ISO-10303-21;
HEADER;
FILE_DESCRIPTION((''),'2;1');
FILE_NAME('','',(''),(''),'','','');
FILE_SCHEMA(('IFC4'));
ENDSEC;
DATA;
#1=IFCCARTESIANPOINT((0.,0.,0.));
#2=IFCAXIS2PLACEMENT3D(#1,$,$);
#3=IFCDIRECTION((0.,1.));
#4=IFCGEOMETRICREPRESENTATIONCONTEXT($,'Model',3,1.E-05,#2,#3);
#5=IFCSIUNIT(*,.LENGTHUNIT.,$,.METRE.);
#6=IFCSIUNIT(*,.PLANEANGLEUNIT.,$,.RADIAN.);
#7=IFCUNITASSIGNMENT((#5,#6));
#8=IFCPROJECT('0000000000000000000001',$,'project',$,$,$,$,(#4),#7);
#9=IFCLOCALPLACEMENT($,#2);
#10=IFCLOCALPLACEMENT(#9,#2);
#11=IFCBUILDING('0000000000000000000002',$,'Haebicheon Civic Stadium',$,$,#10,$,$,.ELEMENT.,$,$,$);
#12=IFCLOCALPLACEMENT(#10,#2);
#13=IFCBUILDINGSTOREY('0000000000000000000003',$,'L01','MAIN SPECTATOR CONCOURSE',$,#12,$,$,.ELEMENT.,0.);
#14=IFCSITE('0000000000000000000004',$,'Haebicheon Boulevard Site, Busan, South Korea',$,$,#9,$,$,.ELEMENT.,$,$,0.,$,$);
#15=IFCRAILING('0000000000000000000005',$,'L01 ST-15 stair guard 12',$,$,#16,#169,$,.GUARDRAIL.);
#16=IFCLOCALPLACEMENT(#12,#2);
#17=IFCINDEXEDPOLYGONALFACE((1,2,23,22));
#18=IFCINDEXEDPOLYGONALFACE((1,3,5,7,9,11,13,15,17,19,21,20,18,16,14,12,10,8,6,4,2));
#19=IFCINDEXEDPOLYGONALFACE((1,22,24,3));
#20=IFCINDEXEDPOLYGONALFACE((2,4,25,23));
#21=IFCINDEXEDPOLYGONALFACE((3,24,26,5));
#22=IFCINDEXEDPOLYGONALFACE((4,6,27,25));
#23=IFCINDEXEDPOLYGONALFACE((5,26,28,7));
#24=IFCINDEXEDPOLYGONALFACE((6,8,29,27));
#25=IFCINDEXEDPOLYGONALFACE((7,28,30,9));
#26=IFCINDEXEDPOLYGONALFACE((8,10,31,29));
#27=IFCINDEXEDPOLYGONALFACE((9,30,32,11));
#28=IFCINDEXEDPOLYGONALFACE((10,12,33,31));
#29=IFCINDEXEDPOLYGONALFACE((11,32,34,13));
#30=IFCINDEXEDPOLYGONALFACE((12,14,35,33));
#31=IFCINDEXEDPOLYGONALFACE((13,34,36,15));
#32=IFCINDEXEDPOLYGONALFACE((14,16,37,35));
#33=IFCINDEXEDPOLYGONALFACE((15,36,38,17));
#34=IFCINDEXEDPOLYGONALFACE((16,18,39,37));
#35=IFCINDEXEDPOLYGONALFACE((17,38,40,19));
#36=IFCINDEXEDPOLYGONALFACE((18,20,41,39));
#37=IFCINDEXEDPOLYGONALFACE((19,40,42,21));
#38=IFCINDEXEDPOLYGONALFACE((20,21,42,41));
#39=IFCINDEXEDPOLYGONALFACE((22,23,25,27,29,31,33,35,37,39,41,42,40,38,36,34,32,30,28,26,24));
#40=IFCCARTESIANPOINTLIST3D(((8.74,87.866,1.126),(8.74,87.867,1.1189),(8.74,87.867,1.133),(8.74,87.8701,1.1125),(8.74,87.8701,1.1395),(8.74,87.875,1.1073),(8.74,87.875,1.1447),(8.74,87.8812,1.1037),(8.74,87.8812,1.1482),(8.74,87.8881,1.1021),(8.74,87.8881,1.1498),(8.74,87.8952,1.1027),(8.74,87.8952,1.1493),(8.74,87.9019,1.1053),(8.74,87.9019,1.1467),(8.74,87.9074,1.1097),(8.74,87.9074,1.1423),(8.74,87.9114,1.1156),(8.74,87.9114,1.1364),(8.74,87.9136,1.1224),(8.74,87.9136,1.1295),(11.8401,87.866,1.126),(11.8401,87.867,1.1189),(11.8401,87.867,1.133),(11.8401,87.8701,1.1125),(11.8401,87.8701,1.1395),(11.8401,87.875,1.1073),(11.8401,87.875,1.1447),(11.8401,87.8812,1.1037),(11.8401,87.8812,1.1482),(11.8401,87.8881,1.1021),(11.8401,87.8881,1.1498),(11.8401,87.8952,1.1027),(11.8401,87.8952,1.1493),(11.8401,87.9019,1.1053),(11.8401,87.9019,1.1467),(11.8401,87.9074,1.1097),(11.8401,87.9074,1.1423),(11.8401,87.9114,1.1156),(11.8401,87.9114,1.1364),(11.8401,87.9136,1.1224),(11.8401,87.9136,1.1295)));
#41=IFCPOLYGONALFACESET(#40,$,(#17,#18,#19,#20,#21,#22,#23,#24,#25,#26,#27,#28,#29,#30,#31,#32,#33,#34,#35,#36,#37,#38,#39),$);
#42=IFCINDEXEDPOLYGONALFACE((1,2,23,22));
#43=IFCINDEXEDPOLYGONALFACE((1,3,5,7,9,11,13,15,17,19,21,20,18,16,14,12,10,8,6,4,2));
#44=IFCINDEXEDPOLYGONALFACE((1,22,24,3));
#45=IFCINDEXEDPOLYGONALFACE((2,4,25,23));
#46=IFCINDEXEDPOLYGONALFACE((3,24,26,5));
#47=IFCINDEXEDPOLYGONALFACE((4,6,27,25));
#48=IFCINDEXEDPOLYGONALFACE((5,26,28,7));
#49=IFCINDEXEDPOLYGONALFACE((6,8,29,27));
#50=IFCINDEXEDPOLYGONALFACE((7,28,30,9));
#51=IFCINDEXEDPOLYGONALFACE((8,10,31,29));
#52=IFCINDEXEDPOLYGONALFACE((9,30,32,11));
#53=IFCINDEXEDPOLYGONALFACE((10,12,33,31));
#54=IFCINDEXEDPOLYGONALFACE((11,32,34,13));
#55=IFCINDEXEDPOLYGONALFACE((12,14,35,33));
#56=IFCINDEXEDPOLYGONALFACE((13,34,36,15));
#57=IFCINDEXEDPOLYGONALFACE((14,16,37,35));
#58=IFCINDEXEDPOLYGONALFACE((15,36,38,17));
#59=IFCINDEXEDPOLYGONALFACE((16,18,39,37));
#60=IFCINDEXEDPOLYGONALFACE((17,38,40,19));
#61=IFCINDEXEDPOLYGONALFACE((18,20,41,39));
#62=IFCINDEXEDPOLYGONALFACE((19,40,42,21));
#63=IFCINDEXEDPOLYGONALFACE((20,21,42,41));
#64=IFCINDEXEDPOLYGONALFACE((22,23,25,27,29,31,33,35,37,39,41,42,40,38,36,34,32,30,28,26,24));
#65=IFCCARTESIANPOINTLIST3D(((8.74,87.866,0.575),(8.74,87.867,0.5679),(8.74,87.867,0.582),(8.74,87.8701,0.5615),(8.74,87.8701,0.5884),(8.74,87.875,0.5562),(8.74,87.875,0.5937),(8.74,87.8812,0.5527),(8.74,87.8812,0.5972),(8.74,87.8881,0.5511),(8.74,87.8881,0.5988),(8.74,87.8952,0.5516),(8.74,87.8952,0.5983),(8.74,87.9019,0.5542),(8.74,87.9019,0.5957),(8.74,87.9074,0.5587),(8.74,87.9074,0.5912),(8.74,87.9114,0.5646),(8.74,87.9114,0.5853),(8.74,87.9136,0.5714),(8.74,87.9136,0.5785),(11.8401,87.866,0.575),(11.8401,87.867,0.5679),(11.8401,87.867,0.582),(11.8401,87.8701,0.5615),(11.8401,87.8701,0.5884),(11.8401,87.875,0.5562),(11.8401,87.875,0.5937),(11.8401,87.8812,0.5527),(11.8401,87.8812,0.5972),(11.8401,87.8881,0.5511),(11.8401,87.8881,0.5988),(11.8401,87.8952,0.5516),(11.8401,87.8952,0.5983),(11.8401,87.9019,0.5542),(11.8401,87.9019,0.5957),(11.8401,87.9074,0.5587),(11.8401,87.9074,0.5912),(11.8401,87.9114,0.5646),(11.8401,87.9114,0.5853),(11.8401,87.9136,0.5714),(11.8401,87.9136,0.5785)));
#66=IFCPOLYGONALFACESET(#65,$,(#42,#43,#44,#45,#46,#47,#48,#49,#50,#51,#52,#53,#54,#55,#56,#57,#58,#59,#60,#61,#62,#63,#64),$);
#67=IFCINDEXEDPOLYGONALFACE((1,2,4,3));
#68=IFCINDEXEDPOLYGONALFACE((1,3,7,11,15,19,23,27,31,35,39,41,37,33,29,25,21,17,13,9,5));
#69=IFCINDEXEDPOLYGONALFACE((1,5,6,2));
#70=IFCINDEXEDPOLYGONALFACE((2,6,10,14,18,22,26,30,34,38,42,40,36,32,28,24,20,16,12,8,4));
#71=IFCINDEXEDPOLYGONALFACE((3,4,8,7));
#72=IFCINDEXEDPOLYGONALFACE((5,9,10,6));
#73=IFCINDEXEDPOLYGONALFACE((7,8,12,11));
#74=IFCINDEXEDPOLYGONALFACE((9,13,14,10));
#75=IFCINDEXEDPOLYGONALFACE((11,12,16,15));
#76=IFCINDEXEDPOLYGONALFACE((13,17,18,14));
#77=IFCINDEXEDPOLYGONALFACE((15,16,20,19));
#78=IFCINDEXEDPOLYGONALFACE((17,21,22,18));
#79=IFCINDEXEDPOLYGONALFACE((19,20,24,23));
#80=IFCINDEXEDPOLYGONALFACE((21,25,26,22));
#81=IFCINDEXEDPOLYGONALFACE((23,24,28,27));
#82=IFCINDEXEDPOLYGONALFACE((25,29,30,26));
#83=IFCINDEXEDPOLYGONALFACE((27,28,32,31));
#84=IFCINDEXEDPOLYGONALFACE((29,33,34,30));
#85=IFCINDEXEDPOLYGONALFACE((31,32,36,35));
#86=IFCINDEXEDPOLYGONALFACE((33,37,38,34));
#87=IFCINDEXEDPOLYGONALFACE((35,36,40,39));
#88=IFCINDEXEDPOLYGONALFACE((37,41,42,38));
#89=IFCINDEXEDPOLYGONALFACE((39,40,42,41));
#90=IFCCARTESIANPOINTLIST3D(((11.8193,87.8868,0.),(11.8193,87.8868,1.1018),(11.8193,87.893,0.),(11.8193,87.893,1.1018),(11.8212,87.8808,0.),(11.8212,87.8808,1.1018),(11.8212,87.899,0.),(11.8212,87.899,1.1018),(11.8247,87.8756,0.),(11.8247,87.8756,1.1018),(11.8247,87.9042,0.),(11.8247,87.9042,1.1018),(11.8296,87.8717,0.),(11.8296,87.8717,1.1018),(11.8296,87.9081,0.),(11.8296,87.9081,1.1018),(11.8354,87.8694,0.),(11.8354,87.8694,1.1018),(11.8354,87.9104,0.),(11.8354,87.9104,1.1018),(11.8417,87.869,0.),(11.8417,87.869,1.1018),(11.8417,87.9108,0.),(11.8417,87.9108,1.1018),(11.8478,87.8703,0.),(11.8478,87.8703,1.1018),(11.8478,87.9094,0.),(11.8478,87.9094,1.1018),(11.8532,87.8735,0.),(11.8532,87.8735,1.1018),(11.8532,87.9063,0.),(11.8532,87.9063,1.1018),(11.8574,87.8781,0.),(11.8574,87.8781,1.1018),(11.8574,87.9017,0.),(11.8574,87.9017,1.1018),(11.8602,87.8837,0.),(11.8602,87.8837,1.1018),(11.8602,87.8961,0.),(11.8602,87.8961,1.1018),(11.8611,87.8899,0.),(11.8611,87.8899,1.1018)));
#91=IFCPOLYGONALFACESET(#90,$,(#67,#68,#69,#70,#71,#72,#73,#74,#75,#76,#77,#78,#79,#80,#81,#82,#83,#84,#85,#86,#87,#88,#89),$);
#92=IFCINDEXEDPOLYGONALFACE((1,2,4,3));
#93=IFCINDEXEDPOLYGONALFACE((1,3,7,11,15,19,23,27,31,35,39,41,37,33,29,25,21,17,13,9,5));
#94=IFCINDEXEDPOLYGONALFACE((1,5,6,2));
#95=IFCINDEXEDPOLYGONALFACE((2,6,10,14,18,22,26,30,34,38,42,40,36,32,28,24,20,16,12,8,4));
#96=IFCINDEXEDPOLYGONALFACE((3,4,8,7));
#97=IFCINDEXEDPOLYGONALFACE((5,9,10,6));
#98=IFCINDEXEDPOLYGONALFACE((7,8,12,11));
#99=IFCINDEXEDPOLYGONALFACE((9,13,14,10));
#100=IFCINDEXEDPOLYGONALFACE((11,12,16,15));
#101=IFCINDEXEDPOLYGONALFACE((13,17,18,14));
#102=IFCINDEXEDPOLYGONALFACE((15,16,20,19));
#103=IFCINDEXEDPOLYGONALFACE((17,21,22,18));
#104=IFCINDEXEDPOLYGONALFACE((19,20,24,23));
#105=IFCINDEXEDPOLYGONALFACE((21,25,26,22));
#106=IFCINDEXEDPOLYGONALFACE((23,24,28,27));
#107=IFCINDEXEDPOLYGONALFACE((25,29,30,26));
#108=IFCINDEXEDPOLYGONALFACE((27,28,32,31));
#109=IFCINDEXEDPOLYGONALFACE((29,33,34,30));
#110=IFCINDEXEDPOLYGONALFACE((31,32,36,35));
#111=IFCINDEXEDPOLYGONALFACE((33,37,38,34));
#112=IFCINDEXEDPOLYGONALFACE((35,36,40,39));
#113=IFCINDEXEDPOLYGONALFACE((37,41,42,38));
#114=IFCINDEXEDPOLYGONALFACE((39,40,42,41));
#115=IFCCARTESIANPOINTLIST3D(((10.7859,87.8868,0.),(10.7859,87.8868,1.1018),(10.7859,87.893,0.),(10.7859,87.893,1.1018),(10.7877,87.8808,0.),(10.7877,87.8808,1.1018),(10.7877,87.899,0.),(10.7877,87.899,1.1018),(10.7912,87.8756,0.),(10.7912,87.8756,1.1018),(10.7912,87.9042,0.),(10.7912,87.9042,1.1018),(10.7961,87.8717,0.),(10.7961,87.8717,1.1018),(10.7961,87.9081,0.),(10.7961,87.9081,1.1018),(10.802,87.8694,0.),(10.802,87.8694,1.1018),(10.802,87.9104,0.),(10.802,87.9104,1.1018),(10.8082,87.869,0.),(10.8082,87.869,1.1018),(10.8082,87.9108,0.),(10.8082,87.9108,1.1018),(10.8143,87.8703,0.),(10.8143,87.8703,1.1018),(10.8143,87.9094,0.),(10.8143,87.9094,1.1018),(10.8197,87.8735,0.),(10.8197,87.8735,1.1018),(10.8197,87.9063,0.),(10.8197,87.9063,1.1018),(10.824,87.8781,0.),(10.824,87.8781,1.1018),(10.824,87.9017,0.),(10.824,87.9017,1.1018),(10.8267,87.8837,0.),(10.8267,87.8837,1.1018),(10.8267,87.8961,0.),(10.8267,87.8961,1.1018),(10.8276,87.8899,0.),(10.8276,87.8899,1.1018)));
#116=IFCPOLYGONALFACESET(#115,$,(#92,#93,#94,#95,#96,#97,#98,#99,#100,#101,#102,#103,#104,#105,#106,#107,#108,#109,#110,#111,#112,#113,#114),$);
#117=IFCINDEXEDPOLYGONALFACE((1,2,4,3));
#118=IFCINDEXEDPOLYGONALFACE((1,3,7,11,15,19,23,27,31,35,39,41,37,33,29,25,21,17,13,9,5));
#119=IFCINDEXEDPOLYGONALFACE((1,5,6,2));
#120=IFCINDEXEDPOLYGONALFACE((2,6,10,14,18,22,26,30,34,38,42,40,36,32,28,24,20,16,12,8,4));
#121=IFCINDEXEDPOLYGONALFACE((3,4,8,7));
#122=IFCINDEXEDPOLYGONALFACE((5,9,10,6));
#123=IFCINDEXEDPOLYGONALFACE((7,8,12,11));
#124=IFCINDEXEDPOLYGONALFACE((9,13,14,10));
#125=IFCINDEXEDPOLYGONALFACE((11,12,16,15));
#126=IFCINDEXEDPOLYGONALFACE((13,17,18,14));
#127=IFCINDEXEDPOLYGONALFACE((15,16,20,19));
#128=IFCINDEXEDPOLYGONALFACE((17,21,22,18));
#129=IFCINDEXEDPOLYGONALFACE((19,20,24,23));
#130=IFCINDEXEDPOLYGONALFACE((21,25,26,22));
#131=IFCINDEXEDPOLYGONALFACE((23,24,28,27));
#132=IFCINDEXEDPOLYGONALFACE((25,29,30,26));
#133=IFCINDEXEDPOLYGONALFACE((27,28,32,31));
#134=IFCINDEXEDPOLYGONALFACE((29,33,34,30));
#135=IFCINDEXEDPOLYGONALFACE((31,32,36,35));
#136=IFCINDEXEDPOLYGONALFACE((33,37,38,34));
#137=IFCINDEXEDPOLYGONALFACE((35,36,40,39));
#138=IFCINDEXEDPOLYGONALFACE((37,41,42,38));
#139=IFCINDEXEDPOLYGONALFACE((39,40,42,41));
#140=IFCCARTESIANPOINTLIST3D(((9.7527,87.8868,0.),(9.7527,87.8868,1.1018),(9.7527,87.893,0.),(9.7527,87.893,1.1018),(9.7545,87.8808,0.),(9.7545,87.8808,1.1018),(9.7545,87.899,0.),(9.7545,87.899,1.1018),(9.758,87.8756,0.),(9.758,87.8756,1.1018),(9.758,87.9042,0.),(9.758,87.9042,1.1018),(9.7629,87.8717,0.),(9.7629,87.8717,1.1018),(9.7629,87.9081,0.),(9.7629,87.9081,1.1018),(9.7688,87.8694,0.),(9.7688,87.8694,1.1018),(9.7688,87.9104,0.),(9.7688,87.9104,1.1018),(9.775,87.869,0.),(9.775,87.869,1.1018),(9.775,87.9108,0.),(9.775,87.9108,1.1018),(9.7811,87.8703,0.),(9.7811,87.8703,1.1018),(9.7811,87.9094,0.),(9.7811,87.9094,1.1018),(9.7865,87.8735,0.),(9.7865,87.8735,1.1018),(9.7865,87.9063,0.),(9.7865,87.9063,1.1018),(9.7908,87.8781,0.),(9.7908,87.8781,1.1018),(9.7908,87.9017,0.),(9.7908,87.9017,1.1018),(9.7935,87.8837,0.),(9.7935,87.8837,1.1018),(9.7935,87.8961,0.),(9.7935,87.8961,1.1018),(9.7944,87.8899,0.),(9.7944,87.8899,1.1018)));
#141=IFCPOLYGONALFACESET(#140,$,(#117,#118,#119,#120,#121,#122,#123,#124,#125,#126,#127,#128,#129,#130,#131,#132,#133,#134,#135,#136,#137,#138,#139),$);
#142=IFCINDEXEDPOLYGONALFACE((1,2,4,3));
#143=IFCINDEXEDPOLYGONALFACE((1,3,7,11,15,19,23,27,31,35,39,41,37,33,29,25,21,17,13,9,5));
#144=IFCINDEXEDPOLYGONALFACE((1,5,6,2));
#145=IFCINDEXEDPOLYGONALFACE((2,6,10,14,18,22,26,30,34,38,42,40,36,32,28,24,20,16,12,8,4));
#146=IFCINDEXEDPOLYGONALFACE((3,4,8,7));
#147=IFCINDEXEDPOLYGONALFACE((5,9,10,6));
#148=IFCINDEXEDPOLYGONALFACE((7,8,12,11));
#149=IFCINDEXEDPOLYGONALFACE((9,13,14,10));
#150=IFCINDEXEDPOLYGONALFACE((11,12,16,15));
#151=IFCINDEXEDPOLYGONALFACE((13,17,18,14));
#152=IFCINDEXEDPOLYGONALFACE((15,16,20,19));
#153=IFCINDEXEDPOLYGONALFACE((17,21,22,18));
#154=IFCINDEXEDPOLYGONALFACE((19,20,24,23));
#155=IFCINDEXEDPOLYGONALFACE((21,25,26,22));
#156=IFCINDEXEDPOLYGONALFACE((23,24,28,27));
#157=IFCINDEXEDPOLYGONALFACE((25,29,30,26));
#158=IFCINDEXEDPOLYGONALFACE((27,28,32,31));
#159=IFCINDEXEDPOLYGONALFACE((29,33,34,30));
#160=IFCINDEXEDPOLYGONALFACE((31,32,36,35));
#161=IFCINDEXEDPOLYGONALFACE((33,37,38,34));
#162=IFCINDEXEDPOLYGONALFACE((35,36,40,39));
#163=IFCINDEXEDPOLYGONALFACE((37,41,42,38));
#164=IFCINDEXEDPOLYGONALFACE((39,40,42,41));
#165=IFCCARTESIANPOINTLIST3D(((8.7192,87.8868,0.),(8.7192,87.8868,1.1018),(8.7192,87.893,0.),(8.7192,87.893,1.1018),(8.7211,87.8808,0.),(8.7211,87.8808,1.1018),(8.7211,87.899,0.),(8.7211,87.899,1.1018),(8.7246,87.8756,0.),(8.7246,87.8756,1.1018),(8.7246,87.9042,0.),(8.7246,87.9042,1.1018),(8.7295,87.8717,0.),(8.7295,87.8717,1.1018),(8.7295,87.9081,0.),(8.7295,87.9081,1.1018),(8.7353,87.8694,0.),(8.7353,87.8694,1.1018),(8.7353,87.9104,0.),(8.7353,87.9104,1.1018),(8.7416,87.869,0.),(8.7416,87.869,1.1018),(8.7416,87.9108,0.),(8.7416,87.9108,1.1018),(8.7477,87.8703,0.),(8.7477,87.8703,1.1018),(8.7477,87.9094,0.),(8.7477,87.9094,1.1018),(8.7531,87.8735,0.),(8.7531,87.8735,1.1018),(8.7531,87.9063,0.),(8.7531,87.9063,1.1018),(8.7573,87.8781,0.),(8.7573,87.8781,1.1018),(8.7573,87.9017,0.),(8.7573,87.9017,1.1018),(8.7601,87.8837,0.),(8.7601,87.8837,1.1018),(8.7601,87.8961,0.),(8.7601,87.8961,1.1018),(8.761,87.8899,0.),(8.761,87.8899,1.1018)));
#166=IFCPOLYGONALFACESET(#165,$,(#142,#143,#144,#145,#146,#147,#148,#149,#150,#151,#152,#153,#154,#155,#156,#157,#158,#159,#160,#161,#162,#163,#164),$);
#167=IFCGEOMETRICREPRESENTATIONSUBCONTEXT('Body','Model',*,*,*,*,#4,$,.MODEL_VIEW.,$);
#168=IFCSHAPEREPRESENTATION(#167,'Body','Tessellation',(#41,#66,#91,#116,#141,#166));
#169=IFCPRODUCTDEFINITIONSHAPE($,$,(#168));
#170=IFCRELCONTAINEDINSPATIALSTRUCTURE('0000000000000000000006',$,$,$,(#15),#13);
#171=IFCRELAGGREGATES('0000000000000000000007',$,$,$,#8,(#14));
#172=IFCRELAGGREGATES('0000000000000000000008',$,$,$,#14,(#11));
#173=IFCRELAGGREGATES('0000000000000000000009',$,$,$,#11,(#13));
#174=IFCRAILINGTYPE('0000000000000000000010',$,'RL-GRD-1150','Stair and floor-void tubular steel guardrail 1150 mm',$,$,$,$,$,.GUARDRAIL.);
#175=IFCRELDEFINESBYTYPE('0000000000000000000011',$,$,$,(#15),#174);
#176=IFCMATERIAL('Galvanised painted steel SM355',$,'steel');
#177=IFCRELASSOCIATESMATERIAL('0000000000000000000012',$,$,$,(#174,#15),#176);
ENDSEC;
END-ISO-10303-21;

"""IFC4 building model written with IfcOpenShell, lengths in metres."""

from ifc_helpers import new_model, si_unit, direction, frame, origin, origin_2d, place, context, subcontext, project, spatial, circle, extrude, material, type_object, element, save


model = new_model("IFC4")

# Units and contexts
model_context = context("Model", 3, precision=1e-05, world=origin(), true_north=direction((0.0, 1.0)))
body_context = subcontext(model_context, "Body", "Model", "MODEL_VIEW")
ifc_project = project(units=[si_unit("LENGTHUNIT", "METRE"), si_unit("PLANEANGLEUNIT", "RADIAN")], contexts=[model_context])

# Site, building, storey
site_placement = place(None, origin())
site = spatial("IfcSite", under=ifc_project, at=site_placement, Name="Haebicheon Boulevard Site, Busan, South Korea", CompositionType="ELEMENT", RefElevation=0.0)
building_placement = place(site_placement, origin())
building = spatial("IfcBuilding", under=site, at=building_placement, Name="Haebicheon Civic Stadium", CompositionType="ELEMENT")
storey_placement = place(building_placement, origin())
storey = spatial("IfcBuildingStorey", under=building, at=storey_placement, Name="L01", Description="MAIN SPECTATOR CONCOURSE", CompositionType="ELEMENT", Elevation=0.0)

# Railing
ifc_material_1 = material(Name="Galvanised painted steel SM355", Category="steel")
railing_type_1 = type_object("IfcRailingType", Name="RL-GRD-1150", Description="Stair and floor-void tubular steel guardrail 1150 mm", PredefinedType="GUARDRAIL", material=ifc_material_1)
railing_1_placement = place(storey_placement, frame((11.8401, 87.8899, 0.0)))
element("IfcRailing", 1, at=railing_1_placement, inside=storey, type_object=railing_type_1, material=ifc_material_1, Name="L01 ST-15 stair guard 12", PredefinedType="GUARDRAIL", context=body_context, shape_type="SweptSolid", body=[
    extrude(circle(Radius=0.0239, at=origin_2d()), frame((0.0, 0.0, 1.126), z_axis=(-1.0, 0.0, 0.0), x_axis=(0.0, -1.0, 0.0)), (0.0, 0.0, 1.0), 3.1001),
    extrude(circle(Radius=0.0239, at=origin_2d()), frame((0.0, 0.0, 0.575), z_axis=(-1.0, 0.0, 0.0), x_axis=(0.0, -1.0, 0.0)), (0.0, 0.0, 1.0), 3.1001),
    extrude(circle(Radius=0.021, at=origin_2d()), origin(), (0.0, 0.0, 1.0), 1.1018),
    extrude(circle(Radius=0.021, at=origin_2d()), frame((-1.0334, 0.0, 0.0)), (0.0, 0.0, 1.0), 1.1018),
    extrude(circle(Radius=0.021, at=origin_2d()), frame((-2.0667, 0.0, 0.0)), (0.0, 0.0, 1.0), 1.1018),
    extrude(circle(Radius=0.021, at=origin_2d()), frame((-3.1001, 0.0, 0.0)), (0.0, 0.0, 1.0), 1.1018),
])

save(model, "model.ifc")
